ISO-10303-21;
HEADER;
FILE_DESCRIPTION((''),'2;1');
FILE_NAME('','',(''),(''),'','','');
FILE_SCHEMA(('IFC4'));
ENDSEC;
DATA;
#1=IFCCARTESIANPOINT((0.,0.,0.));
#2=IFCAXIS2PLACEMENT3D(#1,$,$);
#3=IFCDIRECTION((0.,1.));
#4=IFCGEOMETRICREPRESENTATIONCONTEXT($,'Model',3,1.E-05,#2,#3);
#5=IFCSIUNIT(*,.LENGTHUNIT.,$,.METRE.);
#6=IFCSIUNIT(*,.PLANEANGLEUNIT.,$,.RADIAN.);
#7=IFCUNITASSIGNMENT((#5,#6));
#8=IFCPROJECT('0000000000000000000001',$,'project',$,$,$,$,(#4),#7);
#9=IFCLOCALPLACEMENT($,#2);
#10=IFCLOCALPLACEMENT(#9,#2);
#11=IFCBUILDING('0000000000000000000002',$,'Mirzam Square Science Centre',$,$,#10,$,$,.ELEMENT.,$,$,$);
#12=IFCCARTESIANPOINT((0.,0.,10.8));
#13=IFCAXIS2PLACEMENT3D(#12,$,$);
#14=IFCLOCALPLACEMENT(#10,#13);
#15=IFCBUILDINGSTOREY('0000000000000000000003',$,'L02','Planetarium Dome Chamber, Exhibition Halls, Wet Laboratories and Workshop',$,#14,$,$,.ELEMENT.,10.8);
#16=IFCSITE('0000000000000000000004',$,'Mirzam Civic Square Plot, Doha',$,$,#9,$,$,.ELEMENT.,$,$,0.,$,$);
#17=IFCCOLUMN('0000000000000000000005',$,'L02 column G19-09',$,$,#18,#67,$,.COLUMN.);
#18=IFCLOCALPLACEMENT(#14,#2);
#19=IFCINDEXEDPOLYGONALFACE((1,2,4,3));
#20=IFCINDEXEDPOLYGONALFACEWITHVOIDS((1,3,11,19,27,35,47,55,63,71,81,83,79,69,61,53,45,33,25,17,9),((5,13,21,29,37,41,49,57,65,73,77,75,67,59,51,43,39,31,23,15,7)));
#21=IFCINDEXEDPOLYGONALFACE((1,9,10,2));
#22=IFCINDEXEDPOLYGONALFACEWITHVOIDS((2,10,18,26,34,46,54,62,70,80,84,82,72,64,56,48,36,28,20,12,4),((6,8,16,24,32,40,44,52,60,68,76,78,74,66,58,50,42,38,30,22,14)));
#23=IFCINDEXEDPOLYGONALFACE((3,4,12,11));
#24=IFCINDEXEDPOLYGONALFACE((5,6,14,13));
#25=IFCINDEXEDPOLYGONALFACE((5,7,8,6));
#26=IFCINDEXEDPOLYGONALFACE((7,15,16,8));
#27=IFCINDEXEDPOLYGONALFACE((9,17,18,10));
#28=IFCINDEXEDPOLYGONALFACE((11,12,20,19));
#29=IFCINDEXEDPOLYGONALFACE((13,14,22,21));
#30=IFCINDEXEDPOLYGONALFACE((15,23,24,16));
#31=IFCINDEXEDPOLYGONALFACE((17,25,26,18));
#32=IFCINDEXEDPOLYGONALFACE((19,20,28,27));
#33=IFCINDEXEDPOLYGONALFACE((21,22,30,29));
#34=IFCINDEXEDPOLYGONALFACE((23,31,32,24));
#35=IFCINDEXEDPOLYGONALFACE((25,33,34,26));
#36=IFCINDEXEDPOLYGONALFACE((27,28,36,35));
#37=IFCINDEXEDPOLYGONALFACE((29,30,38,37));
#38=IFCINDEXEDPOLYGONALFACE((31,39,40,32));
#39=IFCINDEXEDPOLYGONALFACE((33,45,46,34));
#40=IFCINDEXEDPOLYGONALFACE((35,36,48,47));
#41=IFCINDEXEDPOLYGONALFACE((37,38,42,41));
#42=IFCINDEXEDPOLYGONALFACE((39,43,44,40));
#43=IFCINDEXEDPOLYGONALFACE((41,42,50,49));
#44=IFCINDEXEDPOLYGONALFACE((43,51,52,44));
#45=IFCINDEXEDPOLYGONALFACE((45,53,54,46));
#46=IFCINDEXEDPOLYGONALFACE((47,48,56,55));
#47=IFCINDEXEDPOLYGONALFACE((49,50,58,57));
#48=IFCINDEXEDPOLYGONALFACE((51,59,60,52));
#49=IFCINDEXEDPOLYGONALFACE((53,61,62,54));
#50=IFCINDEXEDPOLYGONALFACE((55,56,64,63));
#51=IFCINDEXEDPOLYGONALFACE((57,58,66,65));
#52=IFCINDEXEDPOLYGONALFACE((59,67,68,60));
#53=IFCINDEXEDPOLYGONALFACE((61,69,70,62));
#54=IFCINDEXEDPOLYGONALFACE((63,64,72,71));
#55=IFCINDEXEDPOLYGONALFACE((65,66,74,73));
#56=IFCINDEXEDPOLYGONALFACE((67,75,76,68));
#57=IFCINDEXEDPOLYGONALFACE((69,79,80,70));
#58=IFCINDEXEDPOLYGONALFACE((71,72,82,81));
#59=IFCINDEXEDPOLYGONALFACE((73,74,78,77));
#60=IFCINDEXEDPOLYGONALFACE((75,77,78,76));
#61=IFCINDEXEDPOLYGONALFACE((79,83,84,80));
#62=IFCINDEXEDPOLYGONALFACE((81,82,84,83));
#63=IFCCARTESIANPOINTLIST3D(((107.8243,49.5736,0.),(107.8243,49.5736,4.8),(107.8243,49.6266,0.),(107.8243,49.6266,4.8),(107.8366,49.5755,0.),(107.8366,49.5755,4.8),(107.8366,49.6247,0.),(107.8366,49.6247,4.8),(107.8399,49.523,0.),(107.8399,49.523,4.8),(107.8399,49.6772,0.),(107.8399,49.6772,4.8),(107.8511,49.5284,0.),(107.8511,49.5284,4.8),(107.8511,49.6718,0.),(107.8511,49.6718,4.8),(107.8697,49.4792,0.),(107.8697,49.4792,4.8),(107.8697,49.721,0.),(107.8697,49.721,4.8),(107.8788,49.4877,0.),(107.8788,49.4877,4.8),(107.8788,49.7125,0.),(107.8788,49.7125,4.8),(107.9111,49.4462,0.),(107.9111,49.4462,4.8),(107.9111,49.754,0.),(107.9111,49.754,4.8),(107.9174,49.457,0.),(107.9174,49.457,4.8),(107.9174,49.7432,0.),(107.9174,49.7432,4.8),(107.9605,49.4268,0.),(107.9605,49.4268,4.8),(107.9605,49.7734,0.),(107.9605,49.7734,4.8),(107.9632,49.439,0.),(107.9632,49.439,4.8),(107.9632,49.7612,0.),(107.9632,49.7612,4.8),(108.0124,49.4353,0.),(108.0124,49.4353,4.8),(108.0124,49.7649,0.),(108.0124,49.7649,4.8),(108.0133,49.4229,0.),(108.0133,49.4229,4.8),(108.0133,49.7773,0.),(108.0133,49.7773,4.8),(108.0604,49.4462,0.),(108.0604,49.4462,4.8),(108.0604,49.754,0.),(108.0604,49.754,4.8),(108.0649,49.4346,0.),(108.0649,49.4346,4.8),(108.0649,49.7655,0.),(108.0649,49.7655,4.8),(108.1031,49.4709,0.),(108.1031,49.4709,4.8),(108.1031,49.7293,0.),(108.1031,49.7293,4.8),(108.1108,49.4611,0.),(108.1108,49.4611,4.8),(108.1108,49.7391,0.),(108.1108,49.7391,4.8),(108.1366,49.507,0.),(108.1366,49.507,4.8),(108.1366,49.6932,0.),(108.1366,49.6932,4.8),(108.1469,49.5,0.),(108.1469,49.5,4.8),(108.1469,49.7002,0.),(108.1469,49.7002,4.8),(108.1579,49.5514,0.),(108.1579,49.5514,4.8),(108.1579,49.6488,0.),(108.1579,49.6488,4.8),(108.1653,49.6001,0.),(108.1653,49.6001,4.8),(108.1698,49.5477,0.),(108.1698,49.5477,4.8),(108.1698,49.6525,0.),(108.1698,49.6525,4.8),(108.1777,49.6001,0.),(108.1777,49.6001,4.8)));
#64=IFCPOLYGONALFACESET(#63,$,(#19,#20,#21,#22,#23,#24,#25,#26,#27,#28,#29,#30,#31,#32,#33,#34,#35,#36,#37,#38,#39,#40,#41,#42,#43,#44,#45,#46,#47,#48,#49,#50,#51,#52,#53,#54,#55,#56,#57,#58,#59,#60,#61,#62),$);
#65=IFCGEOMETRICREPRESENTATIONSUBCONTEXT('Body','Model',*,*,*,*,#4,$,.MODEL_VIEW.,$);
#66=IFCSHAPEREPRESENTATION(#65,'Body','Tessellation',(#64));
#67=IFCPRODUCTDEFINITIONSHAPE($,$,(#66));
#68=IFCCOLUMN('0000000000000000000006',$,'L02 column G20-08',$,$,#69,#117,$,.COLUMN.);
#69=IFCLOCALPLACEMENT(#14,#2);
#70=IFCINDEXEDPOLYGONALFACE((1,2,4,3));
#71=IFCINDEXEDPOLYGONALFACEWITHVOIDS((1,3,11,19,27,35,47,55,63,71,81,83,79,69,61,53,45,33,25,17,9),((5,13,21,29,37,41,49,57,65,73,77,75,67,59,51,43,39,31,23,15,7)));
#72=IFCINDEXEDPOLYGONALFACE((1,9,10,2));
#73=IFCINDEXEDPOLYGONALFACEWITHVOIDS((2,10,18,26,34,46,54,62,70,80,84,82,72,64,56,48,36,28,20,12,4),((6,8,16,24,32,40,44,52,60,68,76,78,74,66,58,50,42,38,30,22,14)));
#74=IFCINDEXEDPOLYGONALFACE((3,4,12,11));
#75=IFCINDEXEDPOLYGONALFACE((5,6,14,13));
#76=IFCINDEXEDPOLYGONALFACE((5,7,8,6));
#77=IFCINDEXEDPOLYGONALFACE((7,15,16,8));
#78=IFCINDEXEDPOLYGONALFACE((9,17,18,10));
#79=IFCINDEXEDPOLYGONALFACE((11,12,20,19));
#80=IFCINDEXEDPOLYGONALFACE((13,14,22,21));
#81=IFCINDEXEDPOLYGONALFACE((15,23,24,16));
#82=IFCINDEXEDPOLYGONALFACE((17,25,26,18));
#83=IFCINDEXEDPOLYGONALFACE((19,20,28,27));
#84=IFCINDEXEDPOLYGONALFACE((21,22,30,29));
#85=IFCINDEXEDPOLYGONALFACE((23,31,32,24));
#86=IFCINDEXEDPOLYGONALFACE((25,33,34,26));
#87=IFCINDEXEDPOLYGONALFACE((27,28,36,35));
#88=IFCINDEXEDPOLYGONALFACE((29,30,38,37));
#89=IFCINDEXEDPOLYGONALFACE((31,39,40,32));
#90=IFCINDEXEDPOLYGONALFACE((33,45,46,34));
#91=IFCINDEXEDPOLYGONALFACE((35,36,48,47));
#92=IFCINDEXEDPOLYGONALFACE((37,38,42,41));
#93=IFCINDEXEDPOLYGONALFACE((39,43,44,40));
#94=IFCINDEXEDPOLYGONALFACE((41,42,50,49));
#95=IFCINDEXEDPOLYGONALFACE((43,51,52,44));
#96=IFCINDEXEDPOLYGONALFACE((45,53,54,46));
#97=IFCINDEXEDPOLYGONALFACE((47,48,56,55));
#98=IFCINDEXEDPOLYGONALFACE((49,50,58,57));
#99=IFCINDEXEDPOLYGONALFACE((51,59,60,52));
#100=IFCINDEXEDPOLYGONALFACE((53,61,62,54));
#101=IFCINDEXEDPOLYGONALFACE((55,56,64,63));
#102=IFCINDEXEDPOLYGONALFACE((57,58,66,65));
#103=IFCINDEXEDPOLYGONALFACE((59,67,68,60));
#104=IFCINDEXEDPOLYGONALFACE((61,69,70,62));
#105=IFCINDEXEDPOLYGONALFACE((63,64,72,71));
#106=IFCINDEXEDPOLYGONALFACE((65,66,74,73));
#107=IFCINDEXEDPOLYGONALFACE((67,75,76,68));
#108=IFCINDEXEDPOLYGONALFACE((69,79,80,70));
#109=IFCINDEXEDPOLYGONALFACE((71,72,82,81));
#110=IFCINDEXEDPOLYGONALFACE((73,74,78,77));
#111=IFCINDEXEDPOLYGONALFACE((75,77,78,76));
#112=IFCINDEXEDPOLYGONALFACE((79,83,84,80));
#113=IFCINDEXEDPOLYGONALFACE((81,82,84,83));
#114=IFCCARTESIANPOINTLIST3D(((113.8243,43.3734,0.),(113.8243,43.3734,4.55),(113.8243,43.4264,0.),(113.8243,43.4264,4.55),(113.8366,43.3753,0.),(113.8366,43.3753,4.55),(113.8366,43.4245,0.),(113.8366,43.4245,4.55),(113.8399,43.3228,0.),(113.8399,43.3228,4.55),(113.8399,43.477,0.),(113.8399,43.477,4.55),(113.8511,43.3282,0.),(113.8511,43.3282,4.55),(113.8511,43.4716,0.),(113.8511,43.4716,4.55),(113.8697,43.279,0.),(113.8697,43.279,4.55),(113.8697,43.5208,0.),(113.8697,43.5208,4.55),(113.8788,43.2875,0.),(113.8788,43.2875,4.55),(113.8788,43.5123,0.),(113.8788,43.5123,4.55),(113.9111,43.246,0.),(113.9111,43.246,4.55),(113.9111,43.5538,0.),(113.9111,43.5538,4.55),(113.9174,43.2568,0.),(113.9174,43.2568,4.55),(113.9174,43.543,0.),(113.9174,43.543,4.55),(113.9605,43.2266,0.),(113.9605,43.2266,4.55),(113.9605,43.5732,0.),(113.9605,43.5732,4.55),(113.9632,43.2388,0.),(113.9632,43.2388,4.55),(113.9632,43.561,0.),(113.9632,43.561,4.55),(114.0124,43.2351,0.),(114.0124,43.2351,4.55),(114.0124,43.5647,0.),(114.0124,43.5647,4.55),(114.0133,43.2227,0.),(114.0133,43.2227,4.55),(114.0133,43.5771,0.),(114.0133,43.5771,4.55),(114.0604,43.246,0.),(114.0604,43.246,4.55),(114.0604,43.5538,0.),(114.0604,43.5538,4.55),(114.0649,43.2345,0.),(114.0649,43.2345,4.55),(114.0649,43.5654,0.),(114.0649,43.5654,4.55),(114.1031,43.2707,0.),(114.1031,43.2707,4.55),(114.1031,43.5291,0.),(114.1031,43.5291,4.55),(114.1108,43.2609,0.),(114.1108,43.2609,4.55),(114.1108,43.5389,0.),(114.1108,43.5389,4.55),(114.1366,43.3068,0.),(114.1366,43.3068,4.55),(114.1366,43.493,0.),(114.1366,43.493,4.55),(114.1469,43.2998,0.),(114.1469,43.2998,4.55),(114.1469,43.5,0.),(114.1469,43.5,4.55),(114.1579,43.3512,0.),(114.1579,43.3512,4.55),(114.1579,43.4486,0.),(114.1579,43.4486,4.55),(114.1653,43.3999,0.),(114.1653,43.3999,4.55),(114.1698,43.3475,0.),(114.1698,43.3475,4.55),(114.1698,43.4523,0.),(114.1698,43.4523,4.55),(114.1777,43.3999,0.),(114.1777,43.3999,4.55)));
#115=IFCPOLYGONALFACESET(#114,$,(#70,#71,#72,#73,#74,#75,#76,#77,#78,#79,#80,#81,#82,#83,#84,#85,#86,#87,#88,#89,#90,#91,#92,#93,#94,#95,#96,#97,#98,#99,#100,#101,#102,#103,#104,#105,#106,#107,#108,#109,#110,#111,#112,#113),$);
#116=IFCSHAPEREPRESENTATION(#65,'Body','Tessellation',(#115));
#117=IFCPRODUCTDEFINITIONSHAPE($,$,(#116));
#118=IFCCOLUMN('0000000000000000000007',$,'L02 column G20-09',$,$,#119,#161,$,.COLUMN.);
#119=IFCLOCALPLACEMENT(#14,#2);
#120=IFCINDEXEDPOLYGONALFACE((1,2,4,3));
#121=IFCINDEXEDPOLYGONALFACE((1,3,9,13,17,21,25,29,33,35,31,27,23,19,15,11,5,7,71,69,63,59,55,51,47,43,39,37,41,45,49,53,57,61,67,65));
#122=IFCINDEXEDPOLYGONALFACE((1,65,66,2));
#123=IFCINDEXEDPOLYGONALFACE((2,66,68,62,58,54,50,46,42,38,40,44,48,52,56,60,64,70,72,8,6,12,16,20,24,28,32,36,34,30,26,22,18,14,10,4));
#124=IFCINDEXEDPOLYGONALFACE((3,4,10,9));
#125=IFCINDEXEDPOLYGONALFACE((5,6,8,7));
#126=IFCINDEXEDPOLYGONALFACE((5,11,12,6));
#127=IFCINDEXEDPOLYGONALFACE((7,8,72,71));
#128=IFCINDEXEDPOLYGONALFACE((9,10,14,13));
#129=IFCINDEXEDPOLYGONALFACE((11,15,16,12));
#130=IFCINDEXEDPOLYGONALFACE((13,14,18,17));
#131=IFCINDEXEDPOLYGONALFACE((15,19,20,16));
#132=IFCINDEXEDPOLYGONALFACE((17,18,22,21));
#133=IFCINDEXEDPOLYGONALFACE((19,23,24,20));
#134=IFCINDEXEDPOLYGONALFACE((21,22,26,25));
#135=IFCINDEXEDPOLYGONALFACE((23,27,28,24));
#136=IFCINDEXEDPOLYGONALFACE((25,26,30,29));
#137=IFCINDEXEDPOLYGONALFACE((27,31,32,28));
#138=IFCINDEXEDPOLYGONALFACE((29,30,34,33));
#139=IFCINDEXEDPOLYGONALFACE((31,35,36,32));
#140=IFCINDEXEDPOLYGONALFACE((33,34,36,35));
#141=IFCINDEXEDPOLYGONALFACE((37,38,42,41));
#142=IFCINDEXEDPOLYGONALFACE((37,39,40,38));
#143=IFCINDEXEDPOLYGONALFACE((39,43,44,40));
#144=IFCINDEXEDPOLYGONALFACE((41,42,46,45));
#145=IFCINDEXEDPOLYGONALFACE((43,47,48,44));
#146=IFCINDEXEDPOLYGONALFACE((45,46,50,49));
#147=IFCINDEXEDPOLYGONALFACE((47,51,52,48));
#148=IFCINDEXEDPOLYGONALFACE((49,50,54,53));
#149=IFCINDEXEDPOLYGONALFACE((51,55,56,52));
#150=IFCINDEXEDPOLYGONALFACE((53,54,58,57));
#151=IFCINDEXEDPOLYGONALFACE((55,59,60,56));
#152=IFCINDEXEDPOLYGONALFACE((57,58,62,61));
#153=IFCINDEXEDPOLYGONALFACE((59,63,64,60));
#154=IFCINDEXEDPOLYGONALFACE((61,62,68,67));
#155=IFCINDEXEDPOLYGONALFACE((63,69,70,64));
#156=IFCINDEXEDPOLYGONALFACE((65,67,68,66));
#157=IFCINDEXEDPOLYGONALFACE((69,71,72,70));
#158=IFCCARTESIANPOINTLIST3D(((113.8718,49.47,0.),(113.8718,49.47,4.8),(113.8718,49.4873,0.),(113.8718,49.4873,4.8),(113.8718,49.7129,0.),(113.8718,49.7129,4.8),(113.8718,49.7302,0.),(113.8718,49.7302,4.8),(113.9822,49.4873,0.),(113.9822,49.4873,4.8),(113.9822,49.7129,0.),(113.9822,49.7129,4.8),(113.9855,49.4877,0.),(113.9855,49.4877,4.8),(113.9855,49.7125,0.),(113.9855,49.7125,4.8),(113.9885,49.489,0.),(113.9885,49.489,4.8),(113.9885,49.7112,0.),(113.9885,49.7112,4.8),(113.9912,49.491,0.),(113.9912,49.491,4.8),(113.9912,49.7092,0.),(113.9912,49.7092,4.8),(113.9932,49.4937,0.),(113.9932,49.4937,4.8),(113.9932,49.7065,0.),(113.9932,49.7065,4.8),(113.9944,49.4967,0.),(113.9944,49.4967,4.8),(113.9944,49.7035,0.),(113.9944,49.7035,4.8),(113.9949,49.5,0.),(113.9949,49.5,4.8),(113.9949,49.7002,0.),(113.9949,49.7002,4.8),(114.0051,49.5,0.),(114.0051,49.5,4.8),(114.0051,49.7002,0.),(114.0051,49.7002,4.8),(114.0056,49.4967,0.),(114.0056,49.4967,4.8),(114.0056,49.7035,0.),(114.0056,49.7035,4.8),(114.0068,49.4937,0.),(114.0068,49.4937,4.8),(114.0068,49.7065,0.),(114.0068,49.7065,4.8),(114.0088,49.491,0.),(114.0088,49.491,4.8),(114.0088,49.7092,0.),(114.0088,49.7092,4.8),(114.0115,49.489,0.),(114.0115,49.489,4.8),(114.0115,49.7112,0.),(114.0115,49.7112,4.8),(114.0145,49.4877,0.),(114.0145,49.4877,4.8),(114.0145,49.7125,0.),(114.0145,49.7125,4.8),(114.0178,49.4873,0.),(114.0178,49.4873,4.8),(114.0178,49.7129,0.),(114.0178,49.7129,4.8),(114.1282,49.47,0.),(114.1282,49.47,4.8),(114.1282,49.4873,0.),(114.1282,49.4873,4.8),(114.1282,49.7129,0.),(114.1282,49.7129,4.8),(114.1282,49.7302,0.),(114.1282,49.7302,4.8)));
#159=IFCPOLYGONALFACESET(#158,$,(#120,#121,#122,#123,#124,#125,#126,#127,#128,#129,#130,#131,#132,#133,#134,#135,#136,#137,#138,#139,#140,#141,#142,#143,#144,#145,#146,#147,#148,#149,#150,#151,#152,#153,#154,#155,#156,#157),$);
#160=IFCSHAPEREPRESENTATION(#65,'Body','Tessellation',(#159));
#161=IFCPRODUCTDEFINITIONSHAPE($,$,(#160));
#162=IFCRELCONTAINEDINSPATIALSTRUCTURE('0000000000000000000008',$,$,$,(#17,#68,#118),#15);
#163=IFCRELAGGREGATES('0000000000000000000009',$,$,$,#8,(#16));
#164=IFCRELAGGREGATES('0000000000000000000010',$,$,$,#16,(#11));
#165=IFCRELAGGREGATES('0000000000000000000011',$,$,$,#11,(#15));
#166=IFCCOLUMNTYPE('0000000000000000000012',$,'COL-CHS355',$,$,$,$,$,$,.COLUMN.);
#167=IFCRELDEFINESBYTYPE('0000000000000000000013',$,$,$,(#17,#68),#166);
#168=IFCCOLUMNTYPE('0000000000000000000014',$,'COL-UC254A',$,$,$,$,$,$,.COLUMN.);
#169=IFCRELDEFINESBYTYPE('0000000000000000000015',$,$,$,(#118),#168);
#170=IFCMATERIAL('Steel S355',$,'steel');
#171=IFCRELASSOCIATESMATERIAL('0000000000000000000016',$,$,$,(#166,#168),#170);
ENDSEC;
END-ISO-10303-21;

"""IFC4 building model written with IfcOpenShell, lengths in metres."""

from ifc_helpers import new_model, si_unit, direction, frame, origin, origin_2d, place, context, subcontext, project, spatial, hollow_circle, i_section, extrude, material, material_profile, profile_set, type_object, element, save


model = new_model("IFC4")

# Units and contexts
model_context = context("Model", 3, precision=1e-05, world=origin(), true_north=direction((0.0, 1.0)))
body_context = subcontext(model_context, "Body", "Model", "MODEL_VIEW")
ifc_project = project(units=[si_unit("LENGTHUNIT", "METRE"), si_unit("PLANEANGLEUNIT", "RADIAN")], contexts=[model_context])

# Site, building, storey
site_placement = place(None, origin())
site = spatial("IfcSite", under=ifc_project, at=site_placement, Name="Mirzam Civic Square Plot, Doha", CompositionType="ELEMENT", RefElevation=0.0)
building_placement = place(site_placement, origin())
building = spatial("IfcBuilding", under=site, at=building_placement, Name="Mirzam Square Science Centre", CompositionType="ELEMENT")
storey_placement = place(building_placement, frame((0.0, 0.0, 10.8)))
storey = spatial("IfcBuildingStorey", under=building, at=storey_placement, Name="L02", Description="Planetarium Dome Chamber, Exhibition Halls, Wet Laboratories and Workshop", CompositionType="ELEMENT", Elevation=10.8)

# Columns
ifc_material_1 = material(Name="Steel S355", Category="steel")
ifc_material_profile_1 = material_profile(ifc_material_1, hollow_circle(Radius=0.1777, WallThickness=0.0125, at=origin_2d()), Name="355.6x12.5CHS")
ifc_profile_set_1 = profile_set([ifc_material_profile_1], Name="Steel S355")
column_type_1 = type_object("IfcColumnType", Name="COL-CHS355", PredefinedType="COLUMN", material=ifc_profile_set_1)
column_1_placement = place(storey_placement, frame((108.0, 49.6001, 0.0), z_axis=(0.0, 0.0, 1.0), x_axis=(1.0, 0.0, 0.0)))
element("IfcColumn", 1, at=column_1_placement, inside=storey, type_object=column_type_1, Name="L02 column G19-09", PredefinedType="COLUMN", context=body_context, shape_type="SweptSolid", body=[
    extrude(hollow_circle(Radius=0.1777, WallThickness=0.0125, at=origin_2d()), origin(), (0.0, 0.0, 1.0), 4.8),
])
column_2_placement = place(storey_placement, frame((114.0, 43.3999, 0.0), z_axis=(0.0, 0.0, 1.0), x_axis=(1.0, 0.0, 0.0)))
element("IfcColumn", 2, at=column_2_placement, inside=storey, type_object=column_type_1, Name="L02 column G20-08", PredefinedType="COLUMN", context=body_context, shape_type="SweptSolid", body=[
    extrude(hollow_circle(Radius=0.1777, WallThickness=0.0125, at=origin_2d()), origin(), (0.0, 0.0, 1.0), 4.55),
])
ifc_material_profile_2 = material_profile(ifc_material_1, i_section(OverallWidth=0.2563, OverallDepth=0.2603, WebThickness=0.0103, FlangeThickness=0.0173, FilletRadius=0.0127, at=origin_2d()), Name="254x254x89UC")
ifc_profile_set_2 = profile_set([ifc_material_profile_2], Name="Steel S355")
column_type_2 = type_object("IfcColumnType", Name="COL-UC254A", PredefinedType="COLUMN", material=ifc_profile_set_2)
column_3_placement = place(storey_placement, frame((114.0, 49.6001, 0.0), z_axis=(0.0, 0.0, 1.0), x_axis=(1.0, 0.0, 0.0)))
element("IfcColumn", 3, at=column_3_placement, inside=storey, type_object=column_type_2, Name="L02 column G20-09", PredefinedType="COLUMN", context=body_context, shape_type="SweptSolid", body=[
    extrude(i_section(OverallWidth=0.2563, OverallDepth=0.2603, WebThickness=0.0103, FlangeThickness=0.0173, FilletRadius=0.0127, at=origin_2d()), origin(), (0.0, 0.0, 1.0), 4.8),
])

save(model, "model.ifc")
